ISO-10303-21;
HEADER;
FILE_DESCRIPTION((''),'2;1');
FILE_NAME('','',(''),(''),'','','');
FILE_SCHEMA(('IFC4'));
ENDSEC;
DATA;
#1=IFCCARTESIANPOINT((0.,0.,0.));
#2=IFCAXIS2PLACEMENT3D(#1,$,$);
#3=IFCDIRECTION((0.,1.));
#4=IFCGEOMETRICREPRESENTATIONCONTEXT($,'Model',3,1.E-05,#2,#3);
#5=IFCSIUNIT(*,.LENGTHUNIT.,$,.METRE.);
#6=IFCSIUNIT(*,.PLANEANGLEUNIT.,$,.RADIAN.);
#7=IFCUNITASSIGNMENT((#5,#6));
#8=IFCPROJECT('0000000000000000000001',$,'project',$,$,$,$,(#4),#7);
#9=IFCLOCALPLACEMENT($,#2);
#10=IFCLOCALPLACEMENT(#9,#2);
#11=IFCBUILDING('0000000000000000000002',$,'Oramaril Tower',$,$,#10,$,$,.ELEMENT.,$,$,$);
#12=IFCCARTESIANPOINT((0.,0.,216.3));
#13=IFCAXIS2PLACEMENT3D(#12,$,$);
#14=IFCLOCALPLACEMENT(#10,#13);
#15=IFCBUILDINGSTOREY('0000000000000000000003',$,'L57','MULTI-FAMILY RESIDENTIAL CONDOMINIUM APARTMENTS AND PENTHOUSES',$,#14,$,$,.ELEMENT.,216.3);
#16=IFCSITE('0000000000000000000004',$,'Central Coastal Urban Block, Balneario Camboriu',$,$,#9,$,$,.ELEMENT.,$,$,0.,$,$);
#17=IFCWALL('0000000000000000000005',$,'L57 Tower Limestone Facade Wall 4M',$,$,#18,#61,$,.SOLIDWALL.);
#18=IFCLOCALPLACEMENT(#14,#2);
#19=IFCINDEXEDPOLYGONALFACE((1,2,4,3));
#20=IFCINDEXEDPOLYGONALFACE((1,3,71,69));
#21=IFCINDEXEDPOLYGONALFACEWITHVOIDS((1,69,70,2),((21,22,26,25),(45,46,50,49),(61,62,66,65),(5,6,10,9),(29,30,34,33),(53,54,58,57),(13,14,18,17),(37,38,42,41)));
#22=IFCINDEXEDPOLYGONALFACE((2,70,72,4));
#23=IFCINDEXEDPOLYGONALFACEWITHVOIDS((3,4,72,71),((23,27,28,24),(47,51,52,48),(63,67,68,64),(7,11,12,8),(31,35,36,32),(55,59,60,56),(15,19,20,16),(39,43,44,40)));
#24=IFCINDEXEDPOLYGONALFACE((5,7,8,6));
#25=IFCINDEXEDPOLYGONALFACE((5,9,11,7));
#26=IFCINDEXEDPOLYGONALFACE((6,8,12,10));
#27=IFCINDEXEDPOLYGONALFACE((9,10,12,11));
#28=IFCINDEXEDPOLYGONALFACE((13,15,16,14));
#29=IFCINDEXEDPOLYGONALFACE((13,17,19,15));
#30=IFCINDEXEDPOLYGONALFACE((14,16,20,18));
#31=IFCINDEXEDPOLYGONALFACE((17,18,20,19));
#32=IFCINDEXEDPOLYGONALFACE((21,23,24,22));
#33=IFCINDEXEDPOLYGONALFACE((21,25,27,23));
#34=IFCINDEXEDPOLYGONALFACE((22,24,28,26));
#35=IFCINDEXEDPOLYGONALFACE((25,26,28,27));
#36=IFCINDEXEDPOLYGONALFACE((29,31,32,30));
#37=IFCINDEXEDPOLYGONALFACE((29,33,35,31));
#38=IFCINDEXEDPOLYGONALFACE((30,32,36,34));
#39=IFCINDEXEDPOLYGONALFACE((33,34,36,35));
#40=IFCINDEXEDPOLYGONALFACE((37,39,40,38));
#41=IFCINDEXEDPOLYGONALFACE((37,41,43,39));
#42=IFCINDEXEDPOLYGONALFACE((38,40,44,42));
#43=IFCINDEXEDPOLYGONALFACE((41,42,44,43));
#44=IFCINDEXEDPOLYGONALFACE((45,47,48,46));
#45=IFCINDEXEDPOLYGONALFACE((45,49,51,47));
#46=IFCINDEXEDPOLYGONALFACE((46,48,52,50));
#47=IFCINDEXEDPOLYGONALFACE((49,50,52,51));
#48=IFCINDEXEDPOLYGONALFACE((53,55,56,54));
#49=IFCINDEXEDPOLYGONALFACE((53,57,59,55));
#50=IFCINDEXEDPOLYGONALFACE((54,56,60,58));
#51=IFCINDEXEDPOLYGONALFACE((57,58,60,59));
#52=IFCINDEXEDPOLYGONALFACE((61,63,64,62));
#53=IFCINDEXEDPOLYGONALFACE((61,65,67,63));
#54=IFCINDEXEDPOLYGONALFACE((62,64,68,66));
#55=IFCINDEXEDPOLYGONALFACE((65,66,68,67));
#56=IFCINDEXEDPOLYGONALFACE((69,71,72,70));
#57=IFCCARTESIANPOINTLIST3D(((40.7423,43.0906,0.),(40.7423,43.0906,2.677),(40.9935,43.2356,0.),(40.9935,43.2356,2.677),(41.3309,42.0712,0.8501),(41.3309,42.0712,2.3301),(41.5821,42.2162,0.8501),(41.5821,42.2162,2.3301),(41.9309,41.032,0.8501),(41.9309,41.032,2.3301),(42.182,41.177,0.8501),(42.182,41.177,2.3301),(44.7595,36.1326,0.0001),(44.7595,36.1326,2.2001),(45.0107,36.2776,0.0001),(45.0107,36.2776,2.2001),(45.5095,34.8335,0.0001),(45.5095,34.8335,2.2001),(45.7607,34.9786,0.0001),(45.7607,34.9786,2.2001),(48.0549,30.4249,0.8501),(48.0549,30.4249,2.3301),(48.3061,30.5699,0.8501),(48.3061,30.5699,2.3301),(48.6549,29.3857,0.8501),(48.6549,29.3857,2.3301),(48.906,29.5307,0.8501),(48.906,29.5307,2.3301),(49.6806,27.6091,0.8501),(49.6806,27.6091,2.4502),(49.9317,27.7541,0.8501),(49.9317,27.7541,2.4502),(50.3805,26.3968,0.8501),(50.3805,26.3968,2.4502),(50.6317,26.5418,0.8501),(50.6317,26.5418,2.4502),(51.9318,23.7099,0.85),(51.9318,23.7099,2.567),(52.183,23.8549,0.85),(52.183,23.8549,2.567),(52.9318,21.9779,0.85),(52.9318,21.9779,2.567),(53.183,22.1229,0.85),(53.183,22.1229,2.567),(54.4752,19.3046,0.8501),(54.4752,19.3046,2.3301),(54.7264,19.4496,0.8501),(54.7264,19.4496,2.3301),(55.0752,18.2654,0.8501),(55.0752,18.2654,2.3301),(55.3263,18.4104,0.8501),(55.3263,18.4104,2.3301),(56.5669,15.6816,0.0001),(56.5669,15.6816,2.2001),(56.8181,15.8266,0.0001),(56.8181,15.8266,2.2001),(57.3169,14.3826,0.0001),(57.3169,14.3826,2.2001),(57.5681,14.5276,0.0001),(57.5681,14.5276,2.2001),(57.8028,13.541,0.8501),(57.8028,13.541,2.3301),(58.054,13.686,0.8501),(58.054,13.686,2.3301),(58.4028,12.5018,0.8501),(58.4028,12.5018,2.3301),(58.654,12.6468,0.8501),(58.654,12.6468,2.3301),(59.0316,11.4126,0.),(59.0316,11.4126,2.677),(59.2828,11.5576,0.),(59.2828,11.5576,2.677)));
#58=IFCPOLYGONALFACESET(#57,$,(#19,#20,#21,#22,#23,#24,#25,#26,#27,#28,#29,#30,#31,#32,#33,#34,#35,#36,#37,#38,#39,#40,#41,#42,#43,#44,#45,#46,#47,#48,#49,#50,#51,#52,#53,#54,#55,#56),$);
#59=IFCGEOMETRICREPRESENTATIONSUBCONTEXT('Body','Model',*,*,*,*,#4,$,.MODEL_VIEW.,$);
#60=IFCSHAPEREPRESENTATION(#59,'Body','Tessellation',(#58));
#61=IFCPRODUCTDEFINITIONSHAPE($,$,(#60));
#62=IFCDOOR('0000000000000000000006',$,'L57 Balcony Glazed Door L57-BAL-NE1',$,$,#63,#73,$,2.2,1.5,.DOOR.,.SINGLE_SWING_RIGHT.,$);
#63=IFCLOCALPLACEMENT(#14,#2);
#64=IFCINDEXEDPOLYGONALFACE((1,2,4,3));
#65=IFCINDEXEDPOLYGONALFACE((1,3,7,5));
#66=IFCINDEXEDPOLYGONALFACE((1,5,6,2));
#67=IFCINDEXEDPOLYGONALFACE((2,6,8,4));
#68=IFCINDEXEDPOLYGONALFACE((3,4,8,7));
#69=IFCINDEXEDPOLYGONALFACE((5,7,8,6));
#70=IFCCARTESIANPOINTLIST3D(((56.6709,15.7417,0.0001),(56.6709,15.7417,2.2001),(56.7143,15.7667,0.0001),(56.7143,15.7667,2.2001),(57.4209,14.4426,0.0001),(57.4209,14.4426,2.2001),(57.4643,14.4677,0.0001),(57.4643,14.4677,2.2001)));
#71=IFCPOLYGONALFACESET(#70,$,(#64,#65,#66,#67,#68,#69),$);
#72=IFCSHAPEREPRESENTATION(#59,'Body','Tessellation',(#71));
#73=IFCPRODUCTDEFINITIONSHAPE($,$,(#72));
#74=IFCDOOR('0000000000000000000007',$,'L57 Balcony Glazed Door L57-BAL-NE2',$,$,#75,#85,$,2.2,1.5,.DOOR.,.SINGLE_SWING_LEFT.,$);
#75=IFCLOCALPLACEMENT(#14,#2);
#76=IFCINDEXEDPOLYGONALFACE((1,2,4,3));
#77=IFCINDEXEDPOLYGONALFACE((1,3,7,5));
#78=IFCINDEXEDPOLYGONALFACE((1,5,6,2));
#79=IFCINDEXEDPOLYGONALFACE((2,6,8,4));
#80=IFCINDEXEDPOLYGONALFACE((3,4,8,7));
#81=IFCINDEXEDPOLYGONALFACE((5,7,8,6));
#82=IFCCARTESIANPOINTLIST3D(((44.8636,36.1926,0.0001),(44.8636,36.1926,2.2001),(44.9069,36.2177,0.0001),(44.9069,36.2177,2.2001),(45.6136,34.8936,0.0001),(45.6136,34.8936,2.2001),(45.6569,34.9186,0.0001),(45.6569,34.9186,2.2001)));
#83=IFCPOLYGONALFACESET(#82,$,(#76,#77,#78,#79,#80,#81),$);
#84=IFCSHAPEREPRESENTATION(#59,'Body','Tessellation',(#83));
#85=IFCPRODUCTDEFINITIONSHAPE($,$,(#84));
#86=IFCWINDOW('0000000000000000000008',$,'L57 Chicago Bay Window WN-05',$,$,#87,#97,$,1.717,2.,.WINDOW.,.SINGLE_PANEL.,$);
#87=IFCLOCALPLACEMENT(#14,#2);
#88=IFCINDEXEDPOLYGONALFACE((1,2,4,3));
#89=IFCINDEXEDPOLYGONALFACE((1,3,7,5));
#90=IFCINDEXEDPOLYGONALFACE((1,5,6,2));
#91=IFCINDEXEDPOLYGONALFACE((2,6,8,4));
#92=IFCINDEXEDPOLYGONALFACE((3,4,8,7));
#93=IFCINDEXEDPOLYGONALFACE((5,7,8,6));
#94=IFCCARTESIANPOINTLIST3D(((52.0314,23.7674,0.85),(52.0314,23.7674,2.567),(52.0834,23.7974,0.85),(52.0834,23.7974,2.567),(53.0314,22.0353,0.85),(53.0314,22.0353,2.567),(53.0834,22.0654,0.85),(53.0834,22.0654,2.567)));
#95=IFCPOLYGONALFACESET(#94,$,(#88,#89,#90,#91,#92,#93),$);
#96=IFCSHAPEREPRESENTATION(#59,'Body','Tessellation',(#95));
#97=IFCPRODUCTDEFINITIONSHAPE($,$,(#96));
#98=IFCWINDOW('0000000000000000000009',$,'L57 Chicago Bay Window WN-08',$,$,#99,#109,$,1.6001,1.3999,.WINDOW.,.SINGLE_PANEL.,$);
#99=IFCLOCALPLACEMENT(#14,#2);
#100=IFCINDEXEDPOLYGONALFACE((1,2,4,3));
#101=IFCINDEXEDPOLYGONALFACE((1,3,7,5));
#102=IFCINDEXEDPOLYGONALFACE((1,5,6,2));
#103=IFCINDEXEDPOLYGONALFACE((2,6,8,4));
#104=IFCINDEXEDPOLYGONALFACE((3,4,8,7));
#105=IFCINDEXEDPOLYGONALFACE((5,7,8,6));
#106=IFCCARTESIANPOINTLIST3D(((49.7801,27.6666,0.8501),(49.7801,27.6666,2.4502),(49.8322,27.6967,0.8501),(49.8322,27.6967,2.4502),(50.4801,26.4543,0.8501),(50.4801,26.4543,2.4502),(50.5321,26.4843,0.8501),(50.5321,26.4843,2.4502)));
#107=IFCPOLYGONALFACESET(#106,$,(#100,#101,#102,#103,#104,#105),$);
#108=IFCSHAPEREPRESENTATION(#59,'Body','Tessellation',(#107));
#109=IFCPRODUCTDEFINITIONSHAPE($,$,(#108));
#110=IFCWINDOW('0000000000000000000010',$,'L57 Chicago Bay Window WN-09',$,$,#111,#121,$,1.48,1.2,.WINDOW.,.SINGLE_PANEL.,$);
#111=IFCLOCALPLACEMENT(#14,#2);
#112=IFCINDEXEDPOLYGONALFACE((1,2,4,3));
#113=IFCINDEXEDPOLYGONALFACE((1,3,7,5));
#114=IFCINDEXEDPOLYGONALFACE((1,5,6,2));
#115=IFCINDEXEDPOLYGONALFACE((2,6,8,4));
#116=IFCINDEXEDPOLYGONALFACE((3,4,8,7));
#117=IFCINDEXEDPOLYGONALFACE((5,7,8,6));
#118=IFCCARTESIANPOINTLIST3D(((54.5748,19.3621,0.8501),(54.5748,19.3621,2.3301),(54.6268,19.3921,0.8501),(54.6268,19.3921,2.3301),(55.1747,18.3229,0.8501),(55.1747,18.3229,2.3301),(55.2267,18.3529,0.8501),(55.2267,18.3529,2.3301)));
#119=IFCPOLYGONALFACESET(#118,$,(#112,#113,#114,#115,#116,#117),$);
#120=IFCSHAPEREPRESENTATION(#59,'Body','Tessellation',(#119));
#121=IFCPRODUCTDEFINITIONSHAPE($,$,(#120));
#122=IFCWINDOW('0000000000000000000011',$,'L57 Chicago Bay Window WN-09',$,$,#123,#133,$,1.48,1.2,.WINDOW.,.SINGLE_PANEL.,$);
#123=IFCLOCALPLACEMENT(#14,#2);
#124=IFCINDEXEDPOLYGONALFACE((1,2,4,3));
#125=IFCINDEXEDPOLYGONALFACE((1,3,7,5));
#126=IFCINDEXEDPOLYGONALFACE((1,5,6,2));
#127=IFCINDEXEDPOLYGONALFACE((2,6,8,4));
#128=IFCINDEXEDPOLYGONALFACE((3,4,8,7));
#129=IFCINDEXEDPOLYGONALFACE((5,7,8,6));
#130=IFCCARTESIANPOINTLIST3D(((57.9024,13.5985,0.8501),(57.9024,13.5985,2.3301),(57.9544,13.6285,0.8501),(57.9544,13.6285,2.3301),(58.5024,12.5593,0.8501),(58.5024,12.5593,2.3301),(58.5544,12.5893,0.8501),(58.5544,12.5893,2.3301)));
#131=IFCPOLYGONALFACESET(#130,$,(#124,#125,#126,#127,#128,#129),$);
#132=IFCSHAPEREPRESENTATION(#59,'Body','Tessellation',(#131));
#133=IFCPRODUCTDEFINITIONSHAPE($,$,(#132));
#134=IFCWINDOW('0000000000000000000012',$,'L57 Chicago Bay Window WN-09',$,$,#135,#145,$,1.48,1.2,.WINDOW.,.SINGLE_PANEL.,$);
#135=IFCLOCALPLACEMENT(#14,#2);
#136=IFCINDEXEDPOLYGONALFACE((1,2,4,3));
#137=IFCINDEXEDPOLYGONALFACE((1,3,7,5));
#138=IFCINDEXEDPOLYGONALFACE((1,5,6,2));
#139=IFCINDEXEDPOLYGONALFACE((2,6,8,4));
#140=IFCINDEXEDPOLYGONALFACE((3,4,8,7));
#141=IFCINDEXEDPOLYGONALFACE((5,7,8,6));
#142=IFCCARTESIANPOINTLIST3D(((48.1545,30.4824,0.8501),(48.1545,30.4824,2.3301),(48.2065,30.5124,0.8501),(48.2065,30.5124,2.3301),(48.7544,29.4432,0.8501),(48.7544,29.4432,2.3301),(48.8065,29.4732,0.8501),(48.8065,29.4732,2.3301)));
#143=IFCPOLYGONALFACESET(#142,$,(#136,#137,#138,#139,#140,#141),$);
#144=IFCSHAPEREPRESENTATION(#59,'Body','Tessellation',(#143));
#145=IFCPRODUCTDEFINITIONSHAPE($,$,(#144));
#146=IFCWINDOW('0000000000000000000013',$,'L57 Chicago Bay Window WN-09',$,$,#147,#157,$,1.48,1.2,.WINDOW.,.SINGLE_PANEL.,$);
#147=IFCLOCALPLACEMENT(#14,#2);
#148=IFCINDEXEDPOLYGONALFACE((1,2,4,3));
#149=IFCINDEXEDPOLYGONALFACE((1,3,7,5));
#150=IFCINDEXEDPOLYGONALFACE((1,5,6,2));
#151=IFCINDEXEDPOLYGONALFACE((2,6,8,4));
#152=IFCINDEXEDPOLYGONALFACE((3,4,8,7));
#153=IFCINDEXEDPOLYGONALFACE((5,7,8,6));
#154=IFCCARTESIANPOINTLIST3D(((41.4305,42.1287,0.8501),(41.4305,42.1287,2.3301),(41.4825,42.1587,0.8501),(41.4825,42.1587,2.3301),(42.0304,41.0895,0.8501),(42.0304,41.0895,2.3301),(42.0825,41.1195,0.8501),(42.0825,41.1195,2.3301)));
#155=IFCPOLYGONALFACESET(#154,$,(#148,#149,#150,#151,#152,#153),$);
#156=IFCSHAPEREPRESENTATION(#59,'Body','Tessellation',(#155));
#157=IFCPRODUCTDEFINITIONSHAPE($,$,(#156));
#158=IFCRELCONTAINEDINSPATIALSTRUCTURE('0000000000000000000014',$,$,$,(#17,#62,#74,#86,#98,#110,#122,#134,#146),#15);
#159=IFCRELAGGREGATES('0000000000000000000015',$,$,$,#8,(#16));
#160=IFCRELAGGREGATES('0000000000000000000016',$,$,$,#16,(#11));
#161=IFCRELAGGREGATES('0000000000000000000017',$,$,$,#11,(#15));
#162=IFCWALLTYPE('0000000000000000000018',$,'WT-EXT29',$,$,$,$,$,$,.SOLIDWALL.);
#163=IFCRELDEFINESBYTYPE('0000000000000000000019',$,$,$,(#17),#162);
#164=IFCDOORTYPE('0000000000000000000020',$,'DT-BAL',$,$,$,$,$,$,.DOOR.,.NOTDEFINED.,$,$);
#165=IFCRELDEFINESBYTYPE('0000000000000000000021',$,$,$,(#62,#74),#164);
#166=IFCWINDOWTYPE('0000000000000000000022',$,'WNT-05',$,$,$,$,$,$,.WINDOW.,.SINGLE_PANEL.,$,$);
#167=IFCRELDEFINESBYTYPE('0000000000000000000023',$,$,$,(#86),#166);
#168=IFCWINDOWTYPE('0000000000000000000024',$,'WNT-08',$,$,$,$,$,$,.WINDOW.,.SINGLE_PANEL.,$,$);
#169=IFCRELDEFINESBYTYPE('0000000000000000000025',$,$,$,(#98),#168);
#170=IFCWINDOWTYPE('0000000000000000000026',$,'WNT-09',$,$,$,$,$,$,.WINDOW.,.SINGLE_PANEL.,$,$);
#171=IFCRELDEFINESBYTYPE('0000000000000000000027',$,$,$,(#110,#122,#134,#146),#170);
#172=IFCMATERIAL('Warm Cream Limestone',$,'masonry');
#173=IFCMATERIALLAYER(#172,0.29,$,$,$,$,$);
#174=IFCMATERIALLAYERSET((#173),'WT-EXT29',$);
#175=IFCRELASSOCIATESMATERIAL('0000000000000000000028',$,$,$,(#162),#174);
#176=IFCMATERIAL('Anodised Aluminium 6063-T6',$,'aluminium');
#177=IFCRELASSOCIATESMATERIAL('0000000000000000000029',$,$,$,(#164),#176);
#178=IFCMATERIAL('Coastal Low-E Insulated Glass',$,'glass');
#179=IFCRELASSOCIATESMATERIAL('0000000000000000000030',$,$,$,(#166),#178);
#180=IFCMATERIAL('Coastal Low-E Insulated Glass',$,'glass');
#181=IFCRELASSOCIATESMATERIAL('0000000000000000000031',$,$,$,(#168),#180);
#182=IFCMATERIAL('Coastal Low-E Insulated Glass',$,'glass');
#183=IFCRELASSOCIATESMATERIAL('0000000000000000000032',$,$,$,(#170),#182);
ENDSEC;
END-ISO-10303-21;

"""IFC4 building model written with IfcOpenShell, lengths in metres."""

from ifc_helpers import new_model, si_unit, direction, frame, frame_2d, origin, place, context, subcontext, project, spatial, rectangle, extrude, material, layer, layer_set, type_object, element, fill, save


model = new_model("IFC4")

# Units and contexts
model_context = context("Model", 3, precision=1e-05, world=origin(), true_north=direction((0.0, 1.0)))
body_context = subcontext(model_context, "Body", "Model", "MODEL_VIEW")
ifc_project = project(units=[si_unit("LENGTHUNIT", "METRE"), si_unit("PLANEANGLEUNIT", "RADIAN")], contexts=[model_context])

# Site, building, storey
site_placement = place(None, origin())
site = spatial("IfcSite", under=ifc_project, at=site_placement, Name="Central Coastal Urban Block, Balneario Camboriu", CompositionType="ELEMENT", RefElevation=0.0)
building_placement = place(site_placement, origin())
building = spatial("IfcBuilding", under=site, at=building_placement, Name="Oramaril Tower", CompositionType="ELEMENT")
storey_placement = place(building_placement, frame((0.0, 0.0, 216.3)))
storey = spatial("IfcBuildingStorey", under=building, at=storey_placement, Name="L57", Description="MULTI-FAMILY RESIDENTIAL CONDOMINIUM APARTMENTS AND PENTHOUSES", CompositionType="ELEMENT", Elevation=216.3)

# Wall, openings, doors, windows
ifc_material_1 = material(Name="Warm Cream Limestone", Category="masonry")
ifc_layer_1 = layer(ifc_material_1, 0.29)
ifc_layer_set_1 = layer_set([ifc_layer_1], Name="WT-EXT29")
wall_type_1 = type_object("IfcWallType", Name="WT-EXT29", PredefinedType="SOLIDWALL", material=ifc_layer_set_1)
wall_1_placement = place(storey_placement, frame((59.1572, 11.4851, 0.0), z_axis=(0.0, 0.0, 1.0), x_axis=(-0.5, 0.866025, 0.0)))
wall_1 = element("IfcWall", 1, at=wall_1_placement, inside=storey, type_object=wall_type_1, Name="L57 Tower Limestone Facade Wall 4M", PredefinedType="SOLIDWALL", context=body_context, shape_type="SweptSolid", body=[
    extrude(rectangle(XDim=36.5786, YDim=0.29, at=frame_2d((18.2893, 0.0))), origin(), (0.0, 0.0, 1.0), 2.677),
])
opening_1_placement = place(wall_1_placement, frame((3.4294, 0.0, 0.0)))
opening_1 = element("IfcOpeningElement", 2, at=opening_1_placement, cuts=wall_1, PredefinedType="OPENING", context=body_context, shape_type="SweptSolid", body=[
    extrude(rectangle(XDim=1.5, YDim=2.2, at=frame_2d((0.75, 1.1001))), frame((0.0, 0.145, 0.0), z_axis=(0.0, -1.0, 0.0), x_axis=(1.0, 0.0, 0.0)), (0.0, 0.0, 1.0), 0.29),
])
opening_2_placement = place(wall_1_placement, frame((27.0442, 0.0, 0.0)))
opening_2 = element("IfcOpeningElement", 3, at=opening_2_placement, cuts=wall_1, PredefinedType="OPENING", context=body_context, shape_type="SweptSolid", body=[
    extrude(rectangle(XDim=1.5, YDim=2.2, at=frame_2d((0.75, 1.1001))), frame((0.0, 0.145, 0.0), z_axis=(0.0, -1.0, 0.0), x_axis=(1.0, 0.0, 0.0)), (0.0, 0.0, 1.0), 0.29),
])
opening_3_placement = place(wall_1_placement, frame((7.9128, 0.0, 0.8501)))
opening_3 = element("IfcOpeningElement", 4, at=opening_3_placement, cuts=wall_1, PredefinedType="OPENING", context=body_context, shape_type="SweptSolid", body=[
    extrude(rectangle(XDim=1.2, YDim=1.48, at=frame_2d((0.6001, 0.74))), frame((0.0, 0.145, 0.0), z_axis=(0.0, -1.0, 0.0), x_axis=(1.0, 0.0, 0.0)), (0.0, 0.0, 1.0), 0.29),
])
opening_4_placement = place(wall_1_placement, frame((1.2576, 0.0, 0.8501)))
opening_4 = element("IfcOpeningElement", 5, at=opening_4_placement, cuts=wall_1, PredefinedType="OPENING", context=body_context, shape_type="SweptSolid", body=[
    extrude(rectangle(XDim=1.2, YDim=1.48, at=frame_2d((0.6001, 0.74))), frame((0.0, 0.145, 0.0), z_axis=(0.0, -1.0, 0.0), x_axis=(1.0, 0.0, 0.0)), (0.0, 0.0, 1.0), 0.29),
])
opening_5_placement = place(wall_1_placement, frame((12.1997, 0.0, 0.8501)))
opening_5 = element("IfcOpeningElement", 6, at=opening_5_placement, cuts=wall_1, PredefinedType="OPENING", context=body_context, shape_type="SweptSolid", body=[
    extrude(rectangle(XDim=2.0, YDim=1.717, at=frame_2d((1.0, 0.8584))), frame((0.0, 0.145, 0.0), z_axis=(0.0, -1.0, 0.0), x_axis=(1.0, 0.0, 0.0)), (0.0, 0.0, 1.0), 0.29),
])
opening_6_placement = place(wall_1_placement, frame((17.3022, 0.0, 0.8501)))
opening_6 = element("IfcOpeningElement", 7, at=opening_6_placement, cuts=wall_1, PredefinedType="OPENING", context=body_context, shape_type="SweptSolid", body=[
    extrude(rectangle(XDim=1.3999, YDim=1.6001, at=frame_2d((0.7, 0.8))), frame((0.0, 0.145, 0.0), z_axis=(0.0, -1.0, 0.0), x_axis=(1.0, 0.0, 0.0)), (0.0, 0.0, 1.0), 0.29),
])
opening_7_placement = place(wall_1_placement, frame((20.7534, 0.0, 0.8501)))
opening_7 = element("IfcOpeningElement", 8, at=opening_7_placement, cuts=wall_1, PredefinedType="OPENING", context=body_context, shape_type="SweptSolid", body=[
    extrude(rectangle(XDim=1.2, YDim=1.48, at=frame_2d((0.6001, 0.74))), frame((0.0, 0.145, 0.0), z_axis=(0.0, -1.0, 0.0), x_axis=(1.0, 0.0, 0.0)), (0.0, 0.0, 1.0), 0.29),
])
opening_8_placement = place(wall_1_placement, frame((34.2014, 0.0, 0.8501)))
opening_8 = element("IfcOpeningElement", 9, at=opening_8_placement, cuts=wall_1, PredefinedType="OPENING", context=body_context, shape_type="SweptSolid", body=[
    extrude(rectangle(XDim=1.2, YDim=1.48, at=frame_2d((0.6001, 0.74))), frame((0.0, 0.145, 0.0), z_axis=(0.0, -1.0, 0.0), x_axis=(1.0, 0.0, 0.0)), (0.0, 0.0, 1.0), 0.29),
])
ifc_material_2 = material(Name="Anodised Aluminium 6063-T6", Category="aluminium")
door_type_1 = type_object("IfcDoorType", Name="DT-BAL", OperationType="NOTDEFINED", PredefinedType="DOOR", material=ifc_material_2)
door_1_placement = place(opening_1_placement, origin())
door_1 = element("IfcDoor", 10, at=door_1_placement, inside=storey, type_object=door_type_1, Name="L57 Balcony Glazed Door L57-BAL-NE1", OperationType="SINGLE_SWING_RIGHT", OverallHeight=2.2, OverallWidth=1.5, PredefinedType="DOOR", context=body_context, shape_type="SweptSolid", body=[
    extrude(rectangle(XDim=1.5, YDim=2.2, at=frame_2d((0.75, 1.1001))), frame((0.0, 0.0249, 0.0), z_axis=(0.0, -1.0, 0.0), x_axis=(1.0, 0.0, 0.0)), (0.0, 0.0, 1.0), 0.05),
])
fill(opening_1, door_1)
door_2_placement = place(opening_2_placement, origin())
door_2 = element("IfcDoor", 11, at=door_2_placement, inside=storey, type_object=door_type_1, Name="L57 Balcony Glazed Door L57-BAL-NE2", OperationType="SINGLE_SWING_LEFT", OverallHeight=2.2, OverallWidth=1.5, PredefinedType="DOOR", context=body_context, shape_type="SweptSolid", body=[
    extrude(rectangle(XDim=1.5, YDim=2.2, at=frame_2d((0.75, 1.1001))), frame((0.0, 0.0249, 0.0), z_axis=(0.0, -1.0, 0.0), x_axis=(1.0, 0.0, 0.0)), (0.0, 0.0, 1.0), 0.05),
])
fill(opening_2, door_2)
ifc_material_3 = material(Name="Coastal Low-E Insulated Glass", Category="glass")
window_type_1 = type_object("IfcWindowType", Name="WNT-05", PartitioningType="SINGLE_PANEL", PredefinedType="WINDOW", material=ifc_material_3)
window_1_placement = place(opening_5_placement, origin())
window_1 = element("IfcWindow", 12, at=window_1_placement, inside=storey, type_object=window_type_1, Name="L57 Chicago Bay Window WN-05", OverallHeight=1.717, OverallWidth=2.0, PartitioningType="SINGLE_PANEL", PredefinedType="WINDOW", context=body_context, shape_type="SweptSolid", body=[
    extrude(rectangle(XDim=2.0, YDim=1.717, at=frame_2d((1.0, 0.8584))), frame((0.0, 0.03, 0.0), z_axis=(0.0, -1.0, 0.0), x_axis=(1.0, 0.0, 0.0)), (0.0, 0.0, 1.0), 0.0601),
])
fill(opening_5, window_1)
ifc_material_4 = material(Name="Coastal Low-E Insulated Glass", Category="glass")
window_type_2 = type_object("IfcWindowType", Name="WNT-08", PartitioningType="SINGLE_PANEL", PredefinedType="WINDOW", material=ifc_material_4)
window_2_placement = place(opening_6_placement, origin())
window_2 = element("IfcWindow", 13, at=window_2_placement, inside=storey, type_object=window_type_2, Name="L57 Chicago Bay Window WN-08", OverallHeight=1.6001, OverallWidth=1.3999, PartitioningType="SINGLE_PANEL", PredefinedType="WINDOW", context=body_context, shape_type="SweptSolid", body=[
    extrude(rectangle(XDim=1.3999, YDim=1.6001, at=frame_2d((0.7, 0.8))), frame((0.0, 0.03, 0.0), z_axis=(0.0, -1.0, 0.0), x_axis=(1.0, 0.0, 0.0)), (0.0, 0.0, 1.0), 0.0601),
])
fill(opening_6, window_2)
ifc_material_5 = material(Name="Coastal Low-E Insulated Glass", Category="glass")
window_type_3 = type_object("IfcWindowType", Name="WNT-09", PartitioningType="SINGLE_PANEL", PredefinedType="WINDOW", material=ifc_material_5)
window_3_placement = place(opening_3_placement, origin())
window_3 = element("IfcWindow", 14, at=window_3_placement, inside=storey, type_object=window_type_3, Name="L57 Chicago Bay Window WN-09", OverallHeight=1.48, OverallWidth=1.2, PartitioningType="SINGLE_PANEL", PredefinedType="WINDOW", context=body_context, shape_type="SweptSolid", body=[
    extrude(rectangle(XDim=1.2, YDim=1.48, at=frame_2d((0.6001, 0.74))), frame((0.0, 0.03, 0.0), z_axis=(0.0, -1.0, 0.0), x_axis=(1.0, 0.0, 0.0)), (0.0, 0.0, 1.0), 0.0601),
])
fill(opening_3, window_3)
window_4_placement = place(opening_4_placement, origin())
window_4 = element("IfcWindow", 15, at=window_4_placement, inside=storey, type_object=window_type_3, Name="L57 Chicago Bay Window WN-09", OverallHeight=1.48, OverallWidth=1.2, PartitioningType="SINGLE_PANEL", PredefinedType="WINDOW", context=body_context, shape_type="SweptSolid", body=[
    extrude(rectangle(XDim=1.2, YDim=1.48, at=frame_2d((0.6001, 0.74))), frame((0.0, 0.03, 0.0), z_axis=(0.0, -1.0, 0.0), x_axis=(1.0, 0.0, 0.0)), (0.0, 0.0, 1.0), 0.0601),
])
fill(opening_4, window_4)
window_5_placement = place(opening_7_placement, origin())
window_5 = element("IfcWindow", 16, at=window_5_placement, inside=storey, type_object=window_type_3, Name="L57 Chicago Bay Window WN-09", OverallHeight=1.48, OverallWidth=1.2, PartitioningType="SINGLE_PANEL", PredefinedType="WINDOW", context=body_context, shape_type="SweptSolid", body=[
    extrude(rectangle(XDim=1.2, YDim=1.48, at=frame_2d((0.6001, 0.74))), frame((0.0, 0.03, 0.0), z_axis=(0.0, -1.0, 0.0), x_axis=(1.0, 0.0, 0.0)), (0.0, 0.0, 1.0), 0.0601),
])
fill(opening_7, window_5)
window_6_placement = place(opening_8_placement, origin())
window_6 = element("IfcWindow", 17, at=window_6_placement, inside=storey, type_object=window_type_3, Name="L57 Chicago Bay Window WN-09", OverallHeight=1.48, OverallWidth=1.2, PartitioningType="SINGLE_PANEL", PredefinedType="WINDOW", context=body_context, shape_type="SweptSolid", body=[
    extrude(rectangle(XDim=1.2, YDim=1.48, at=frame_2d((0.6001, 0.74))), frame((0.0, 0.03, 0.0), z_axis=(0.0, -1.0, 0.0), x_axis=(1.0, 0.0, 0.0)), (0.0, 0.0, 1.0), 0.0601),
])
fill(opening_8, window_6)

save(model, "model.ifc")
